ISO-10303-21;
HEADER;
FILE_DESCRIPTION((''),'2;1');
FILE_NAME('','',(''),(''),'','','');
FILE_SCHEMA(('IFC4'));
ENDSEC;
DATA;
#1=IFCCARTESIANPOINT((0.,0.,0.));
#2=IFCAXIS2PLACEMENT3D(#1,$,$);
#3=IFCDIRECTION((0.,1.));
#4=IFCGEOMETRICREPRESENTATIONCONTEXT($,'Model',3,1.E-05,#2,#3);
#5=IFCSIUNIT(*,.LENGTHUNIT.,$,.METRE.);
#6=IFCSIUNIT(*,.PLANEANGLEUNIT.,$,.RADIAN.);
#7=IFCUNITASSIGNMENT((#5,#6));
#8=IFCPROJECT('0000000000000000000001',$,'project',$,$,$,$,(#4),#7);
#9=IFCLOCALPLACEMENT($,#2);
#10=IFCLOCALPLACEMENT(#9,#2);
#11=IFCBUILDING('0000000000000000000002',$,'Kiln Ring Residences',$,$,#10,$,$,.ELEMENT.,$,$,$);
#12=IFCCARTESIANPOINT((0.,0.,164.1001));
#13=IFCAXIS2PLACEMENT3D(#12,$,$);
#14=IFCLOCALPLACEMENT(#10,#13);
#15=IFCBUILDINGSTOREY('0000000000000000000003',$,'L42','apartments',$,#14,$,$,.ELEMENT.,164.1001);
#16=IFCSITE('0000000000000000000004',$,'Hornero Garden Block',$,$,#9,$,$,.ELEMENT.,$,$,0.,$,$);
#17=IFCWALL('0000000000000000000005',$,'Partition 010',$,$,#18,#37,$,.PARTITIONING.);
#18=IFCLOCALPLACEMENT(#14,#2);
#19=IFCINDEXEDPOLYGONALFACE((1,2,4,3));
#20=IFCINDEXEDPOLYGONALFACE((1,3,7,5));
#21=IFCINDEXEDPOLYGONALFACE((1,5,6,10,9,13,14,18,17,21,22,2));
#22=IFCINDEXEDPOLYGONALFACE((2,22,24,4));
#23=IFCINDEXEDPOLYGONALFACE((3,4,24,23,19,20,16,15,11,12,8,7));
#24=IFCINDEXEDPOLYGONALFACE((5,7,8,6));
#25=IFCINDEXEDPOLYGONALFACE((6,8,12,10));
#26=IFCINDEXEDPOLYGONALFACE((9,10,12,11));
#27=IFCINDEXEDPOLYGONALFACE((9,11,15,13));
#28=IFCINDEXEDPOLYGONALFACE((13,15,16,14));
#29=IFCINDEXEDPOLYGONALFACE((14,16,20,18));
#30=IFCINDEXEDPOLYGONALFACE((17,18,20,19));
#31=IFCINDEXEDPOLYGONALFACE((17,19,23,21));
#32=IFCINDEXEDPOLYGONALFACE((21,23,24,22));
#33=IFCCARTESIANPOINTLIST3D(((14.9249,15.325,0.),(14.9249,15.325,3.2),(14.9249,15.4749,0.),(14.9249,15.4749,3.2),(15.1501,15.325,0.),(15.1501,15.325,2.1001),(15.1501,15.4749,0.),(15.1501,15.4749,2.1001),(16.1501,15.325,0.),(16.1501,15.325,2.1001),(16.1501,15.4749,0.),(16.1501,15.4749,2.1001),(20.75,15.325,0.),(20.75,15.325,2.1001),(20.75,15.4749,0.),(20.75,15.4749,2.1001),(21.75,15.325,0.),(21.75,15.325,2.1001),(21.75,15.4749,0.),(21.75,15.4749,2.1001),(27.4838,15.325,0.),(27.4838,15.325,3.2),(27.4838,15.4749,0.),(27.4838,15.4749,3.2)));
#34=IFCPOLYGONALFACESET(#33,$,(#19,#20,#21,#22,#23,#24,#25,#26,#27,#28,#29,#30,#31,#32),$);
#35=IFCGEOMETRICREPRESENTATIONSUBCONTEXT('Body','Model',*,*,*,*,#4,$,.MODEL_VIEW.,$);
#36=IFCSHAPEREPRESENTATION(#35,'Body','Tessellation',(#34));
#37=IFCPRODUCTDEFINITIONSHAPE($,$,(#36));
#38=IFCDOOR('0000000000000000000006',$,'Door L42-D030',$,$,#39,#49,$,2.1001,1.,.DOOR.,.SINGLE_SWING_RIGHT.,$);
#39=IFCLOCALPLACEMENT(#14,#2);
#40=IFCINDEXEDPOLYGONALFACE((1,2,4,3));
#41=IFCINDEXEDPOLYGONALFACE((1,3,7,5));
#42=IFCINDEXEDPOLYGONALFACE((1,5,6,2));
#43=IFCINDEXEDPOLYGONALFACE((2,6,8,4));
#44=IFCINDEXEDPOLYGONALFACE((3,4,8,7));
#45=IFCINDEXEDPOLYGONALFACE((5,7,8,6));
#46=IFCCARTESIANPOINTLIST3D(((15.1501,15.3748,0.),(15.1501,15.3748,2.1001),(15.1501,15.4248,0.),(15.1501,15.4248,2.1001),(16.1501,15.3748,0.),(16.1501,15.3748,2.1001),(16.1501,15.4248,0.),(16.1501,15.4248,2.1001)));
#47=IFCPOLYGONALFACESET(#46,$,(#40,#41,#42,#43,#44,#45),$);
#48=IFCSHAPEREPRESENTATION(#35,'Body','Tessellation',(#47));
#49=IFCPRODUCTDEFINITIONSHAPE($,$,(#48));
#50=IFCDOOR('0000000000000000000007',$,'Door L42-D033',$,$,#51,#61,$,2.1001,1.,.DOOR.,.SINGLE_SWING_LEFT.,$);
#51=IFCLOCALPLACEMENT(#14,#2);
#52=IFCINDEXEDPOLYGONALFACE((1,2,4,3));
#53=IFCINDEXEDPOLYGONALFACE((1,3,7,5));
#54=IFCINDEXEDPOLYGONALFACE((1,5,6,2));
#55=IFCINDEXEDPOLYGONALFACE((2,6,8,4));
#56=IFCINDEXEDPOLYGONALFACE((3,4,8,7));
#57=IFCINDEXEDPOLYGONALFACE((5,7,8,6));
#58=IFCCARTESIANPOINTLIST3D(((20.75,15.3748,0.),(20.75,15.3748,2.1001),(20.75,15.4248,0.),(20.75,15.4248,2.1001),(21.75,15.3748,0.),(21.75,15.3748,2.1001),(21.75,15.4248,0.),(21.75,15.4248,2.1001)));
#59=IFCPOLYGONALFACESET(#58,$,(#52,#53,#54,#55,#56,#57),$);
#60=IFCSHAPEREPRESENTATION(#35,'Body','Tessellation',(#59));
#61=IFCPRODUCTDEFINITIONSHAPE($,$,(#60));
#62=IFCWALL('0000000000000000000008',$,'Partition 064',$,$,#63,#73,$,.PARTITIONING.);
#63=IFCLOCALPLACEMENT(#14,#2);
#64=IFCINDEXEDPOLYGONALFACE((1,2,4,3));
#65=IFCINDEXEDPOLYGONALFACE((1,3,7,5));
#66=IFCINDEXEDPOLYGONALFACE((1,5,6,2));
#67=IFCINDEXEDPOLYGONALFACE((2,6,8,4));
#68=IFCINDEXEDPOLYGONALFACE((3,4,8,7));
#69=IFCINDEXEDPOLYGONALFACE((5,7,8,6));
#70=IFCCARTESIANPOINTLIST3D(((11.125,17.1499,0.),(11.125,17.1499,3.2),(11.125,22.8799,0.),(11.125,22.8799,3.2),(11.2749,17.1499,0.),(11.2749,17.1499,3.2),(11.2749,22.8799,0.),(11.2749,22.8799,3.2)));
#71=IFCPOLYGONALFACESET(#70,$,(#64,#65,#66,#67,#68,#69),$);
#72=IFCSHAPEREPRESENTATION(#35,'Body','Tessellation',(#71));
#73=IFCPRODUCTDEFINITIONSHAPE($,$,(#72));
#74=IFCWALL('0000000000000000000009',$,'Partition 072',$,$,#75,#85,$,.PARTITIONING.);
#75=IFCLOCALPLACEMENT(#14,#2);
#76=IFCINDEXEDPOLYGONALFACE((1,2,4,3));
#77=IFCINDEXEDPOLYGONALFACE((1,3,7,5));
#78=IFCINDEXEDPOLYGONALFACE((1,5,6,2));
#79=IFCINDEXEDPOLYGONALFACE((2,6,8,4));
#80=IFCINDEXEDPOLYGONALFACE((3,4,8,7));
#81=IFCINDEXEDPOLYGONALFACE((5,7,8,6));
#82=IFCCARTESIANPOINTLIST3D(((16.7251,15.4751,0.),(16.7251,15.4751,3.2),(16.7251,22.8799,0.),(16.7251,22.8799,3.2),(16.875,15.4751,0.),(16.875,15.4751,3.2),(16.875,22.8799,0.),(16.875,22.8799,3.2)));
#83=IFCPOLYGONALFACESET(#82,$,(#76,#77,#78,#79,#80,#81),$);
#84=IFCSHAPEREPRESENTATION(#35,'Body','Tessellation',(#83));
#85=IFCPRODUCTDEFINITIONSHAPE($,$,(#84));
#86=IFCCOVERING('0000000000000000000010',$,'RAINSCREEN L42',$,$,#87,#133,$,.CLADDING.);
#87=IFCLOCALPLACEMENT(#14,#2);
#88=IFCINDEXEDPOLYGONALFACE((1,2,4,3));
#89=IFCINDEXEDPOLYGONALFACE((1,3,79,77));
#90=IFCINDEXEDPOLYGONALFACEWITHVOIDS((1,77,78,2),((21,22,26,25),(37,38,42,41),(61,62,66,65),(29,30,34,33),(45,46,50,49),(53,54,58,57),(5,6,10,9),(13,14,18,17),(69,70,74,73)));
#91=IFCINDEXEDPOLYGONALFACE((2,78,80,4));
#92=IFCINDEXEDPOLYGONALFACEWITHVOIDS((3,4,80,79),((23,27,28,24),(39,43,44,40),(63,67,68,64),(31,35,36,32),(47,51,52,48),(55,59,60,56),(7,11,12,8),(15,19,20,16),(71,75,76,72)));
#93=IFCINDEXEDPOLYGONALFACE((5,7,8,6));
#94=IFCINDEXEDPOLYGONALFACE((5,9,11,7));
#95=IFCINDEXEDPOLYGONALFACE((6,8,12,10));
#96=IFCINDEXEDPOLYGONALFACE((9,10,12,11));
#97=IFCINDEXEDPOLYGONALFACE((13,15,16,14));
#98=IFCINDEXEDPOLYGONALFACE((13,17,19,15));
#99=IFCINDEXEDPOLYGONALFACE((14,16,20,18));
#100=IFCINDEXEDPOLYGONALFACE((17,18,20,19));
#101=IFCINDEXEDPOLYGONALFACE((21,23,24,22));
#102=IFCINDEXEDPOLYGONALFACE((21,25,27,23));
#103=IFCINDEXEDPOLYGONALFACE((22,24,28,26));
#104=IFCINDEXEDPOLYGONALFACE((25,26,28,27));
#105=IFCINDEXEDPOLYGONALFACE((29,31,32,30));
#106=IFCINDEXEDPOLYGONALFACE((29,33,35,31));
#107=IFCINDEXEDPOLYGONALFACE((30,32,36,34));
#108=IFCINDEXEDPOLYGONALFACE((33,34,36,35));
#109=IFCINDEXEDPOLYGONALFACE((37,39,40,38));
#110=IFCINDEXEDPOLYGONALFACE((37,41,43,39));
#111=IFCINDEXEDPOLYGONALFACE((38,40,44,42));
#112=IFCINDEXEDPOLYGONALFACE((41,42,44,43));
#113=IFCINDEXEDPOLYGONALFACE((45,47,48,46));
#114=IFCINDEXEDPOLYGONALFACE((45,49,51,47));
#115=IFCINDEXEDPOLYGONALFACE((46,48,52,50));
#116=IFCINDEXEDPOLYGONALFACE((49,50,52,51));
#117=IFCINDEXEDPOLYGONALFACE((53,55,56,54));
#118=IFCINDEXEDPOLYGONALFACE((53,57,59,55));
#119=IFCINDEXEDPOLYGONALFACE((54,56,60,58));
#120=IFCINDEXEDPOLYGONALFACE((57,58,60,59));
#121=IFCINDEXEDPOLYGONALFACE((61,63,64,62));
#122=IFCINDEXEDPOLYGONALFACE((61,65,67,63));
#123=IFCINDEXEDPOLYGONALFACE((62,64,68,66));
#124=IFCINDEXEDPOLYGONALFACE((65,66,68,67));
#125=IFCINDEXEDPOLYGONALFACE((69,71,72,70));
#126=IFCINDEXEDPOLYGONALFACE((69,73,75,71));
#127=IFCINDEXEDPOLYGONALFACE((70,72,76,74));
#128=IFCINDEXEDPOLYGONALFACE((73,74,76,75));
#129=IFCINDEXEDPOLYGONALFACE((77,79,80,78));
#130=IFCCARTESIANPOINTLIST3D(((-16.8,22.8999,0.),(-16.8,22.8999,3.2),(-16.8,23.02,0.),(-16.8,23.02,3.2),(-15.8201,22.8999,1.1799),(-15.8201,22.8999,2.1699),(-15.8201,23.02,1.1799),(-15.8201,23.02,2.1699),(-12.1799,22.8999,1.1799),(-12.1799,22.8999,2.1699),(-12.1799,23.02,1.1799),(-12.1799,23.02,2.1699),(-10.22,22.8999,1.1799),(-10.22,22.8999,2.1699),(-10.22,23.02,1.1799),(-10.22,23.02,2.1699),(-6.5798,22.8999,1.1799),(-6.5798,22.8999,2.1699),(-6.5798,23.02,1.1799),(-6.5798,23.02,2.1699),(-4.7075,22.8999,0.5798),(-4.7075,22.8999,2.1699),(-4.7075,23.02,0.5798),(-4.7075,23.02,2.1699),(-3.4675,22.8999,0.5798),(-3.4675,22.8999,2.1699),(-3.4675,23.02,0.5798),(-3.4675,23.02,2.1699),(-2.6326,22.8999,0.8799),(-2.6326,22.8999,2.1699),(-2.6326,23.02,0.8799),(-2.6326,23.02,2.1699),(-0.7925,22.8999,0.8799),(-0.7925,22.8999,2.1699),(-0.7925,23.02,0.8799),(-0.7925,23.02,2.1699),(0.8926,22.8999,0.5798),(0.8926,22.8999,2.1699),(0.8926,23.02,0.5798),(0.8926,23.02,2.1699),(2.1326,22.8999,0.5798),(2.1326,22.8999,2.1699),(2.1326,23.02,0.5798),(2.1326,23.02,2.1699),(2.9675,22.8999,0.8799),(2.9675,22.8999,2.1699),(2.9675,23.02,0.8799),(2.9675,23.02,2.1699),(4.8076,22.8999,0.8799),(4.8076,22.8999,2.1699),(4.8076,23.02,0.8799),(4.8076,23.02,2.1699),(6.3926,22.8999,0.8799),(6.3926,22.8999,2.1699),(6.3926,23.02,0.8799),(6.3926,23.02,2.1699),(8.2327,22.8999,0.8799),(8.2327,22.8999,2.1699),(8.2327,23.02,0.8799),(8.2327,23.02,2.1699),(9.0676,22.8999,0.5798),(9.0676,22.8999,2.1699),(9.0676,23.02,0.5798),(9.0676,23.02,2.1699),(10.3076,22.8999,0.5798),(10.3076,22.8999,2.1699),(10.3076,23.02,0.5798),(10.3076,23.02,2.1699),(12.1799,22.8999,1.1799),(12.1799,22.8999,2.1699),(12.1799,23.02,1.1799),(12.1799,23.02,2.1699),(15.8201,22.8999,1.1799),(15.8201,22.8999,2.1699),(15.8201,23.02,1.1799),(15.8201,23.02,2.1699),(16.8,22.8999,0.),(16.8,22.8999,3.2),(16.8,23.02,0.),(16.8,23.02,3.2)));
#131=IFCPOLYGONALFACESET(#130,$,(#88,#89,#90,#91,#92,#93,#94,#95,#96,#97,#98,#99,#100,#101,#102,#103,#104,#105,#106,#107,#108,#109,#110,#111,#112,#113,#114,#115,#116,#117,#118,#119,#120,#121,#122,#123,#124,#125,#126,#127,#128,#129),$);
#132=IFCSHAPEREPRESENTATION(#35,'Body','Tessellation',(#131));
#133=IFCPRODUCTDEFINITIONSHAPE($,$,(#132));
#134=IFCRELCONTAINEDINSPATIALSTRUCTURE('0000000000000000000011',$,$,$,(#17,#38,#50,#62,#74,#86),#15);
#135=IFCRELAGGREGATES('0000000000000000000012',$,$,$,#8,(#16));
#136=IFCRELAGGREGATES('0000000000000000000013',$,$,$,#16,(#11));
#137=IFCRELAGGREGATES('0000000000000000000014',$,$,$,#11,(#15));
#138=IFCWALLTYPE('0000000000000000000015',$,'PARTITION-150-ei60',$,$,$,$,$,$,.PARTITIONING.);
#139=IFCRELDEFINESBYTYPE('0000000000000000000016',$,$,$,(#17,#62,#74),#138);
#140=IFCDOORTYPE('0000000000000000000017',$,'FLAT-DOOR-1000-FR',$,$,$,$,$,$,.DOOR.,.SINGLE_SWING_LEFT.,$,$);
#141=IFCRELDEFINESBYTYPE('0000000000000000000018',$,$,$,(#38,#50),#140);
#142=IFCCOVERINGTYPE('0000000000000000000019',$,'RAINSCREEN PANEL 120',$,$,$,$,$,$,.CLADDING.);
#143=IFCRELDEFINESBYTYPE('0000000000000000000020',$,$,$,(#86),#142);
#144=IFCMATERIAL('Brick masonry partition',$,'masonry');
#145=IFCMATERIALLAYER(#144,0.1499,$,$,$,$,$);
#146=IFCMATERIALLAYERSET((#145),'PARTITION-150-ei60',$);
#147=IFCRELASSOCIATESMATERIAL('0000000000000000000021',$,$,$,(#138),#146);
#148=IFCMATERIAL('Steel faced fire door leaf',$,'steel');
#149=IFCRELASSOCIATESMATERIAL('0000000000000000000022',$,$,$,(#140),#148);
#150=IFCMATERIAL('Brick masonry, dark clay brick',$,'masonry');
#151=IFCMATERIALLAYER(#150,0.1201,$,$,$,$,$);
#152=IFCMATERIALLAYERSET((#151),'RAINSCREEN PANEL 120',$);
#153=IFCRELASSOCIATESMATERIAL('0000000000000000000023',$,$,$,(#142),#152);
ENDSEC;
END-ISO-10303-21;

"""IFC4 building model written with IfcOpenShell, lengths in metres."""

from ifc_helpers import new_model, si_unit, direction, frame, frame_2d, origin, place, context, subcontext, project, spatial, polyline, rectangle, outline, extrude, material, layer, layer_set, type_object, element, fill, save


model = new_model("IFC4")

# Units and contexts
model_context = context("Model", 3, precision=1e-05, world=origin(), true_north=direction((0.0, 1.0)))
body_context = subcontext(model_context, "Body", "Model", "MODEL_VIEW")
ifc_project = project(units=[si_unit("LENGTHUNIT", "METRE"), si_unit("PLANEANGLEUNIT", "RADIAN")], contexts=[model_context])

# Site, building, storey
site_placement = place(None, origin())
site = spatial("IfcSite", under=ifc_project, at=site_placement, Name="Hornero Garden Block", CompositionType="ELEMENT", RefElevation=0.0)
building_placement = place(site_placement, origin())
building = spatial("IfcBuilding", under=site, at=building_placement, Name="Kiln Ring Residences", CompositionType="ELEMENT")
storey_placement = place(building_placement, frame((0.0, 0.0, 164.1001)))
storey = spatial("IfcBuildingStorey", under=building, at=storey_placement, Name="L42", Description="apartments", CompositionType="ELEMENT", Elevation=164.1001)

# Wall, openings, doors
ifc_material_1 = material(Name="Brick masonry partition", Category="masonry")
ifc_layer_1 = layer(ifc_material_1, 0.1499)
ifc_layer_set_1 = layer_set([ifc_layer_1], Name="PARTITION-150-ei60")
wall_type_1 = type_object("IfcWallType", Name="PARTITION-150-ei60", PredefinedType="PARTITIONING", material=ifc_layer_set_1)
wall_1_placement = place(storey_placement, frame((14.925, 15.3999, 0.0), z_axis=(0.0, 0.0, 1.0), x_axis=(1.0, 0.0, 0.0)))
wall_1 = element("IfcWall", 1, at=wall_1_placement, inside=storey, type_object=wall_type_1, Name="Partition 010", PredefinedType="PARTITIONING", context=body_context, shape_type="SweptSolid", body=[
    extrude(rectangle(XDim=12.5588, YDim=0.1499, at=frame_2d((6.2793, 0.0))), origin(), (0.0, 0.0, 1.0), 3.2),
])
opening_1_placement = place(wall_1_placement, frame((0.2251, 0.0, 0.0)))
opening_1 = element("IfcOpeningElement", 2, at=opening_1_placement, cuts=wall_1, PredefinedType="OPENING", context=body_context, shape_type="SweptSolid", body=[
    extrude(rectangle(XDim=1.0, YDim=2.1001, at=frame_2d((0.5, 1.05))), frame((0.0, 0.085, 0.0), z_axis=(0.0, -1.0, 0.0), x_axis=(1.0, 0.0, 0.0)), (0.0, 0.0, 1.0), 0.1699),
])
opening_2_placement = place(wall_1_placement, frame((5.825, 0.0, 0.0)))
opening_2 = element("IfcOpeningElement", 3, at=opening_2_placement, cuts=wall_1, PredefinedType="OPENING", context=body_context, shape_type="SweptSolid", body=[
    extrude(rectangle(XDim=1.0, YDim=2.1001, at=frame_2d((0.5, 1.05))), frame((0.0, 0.085, 0.0), z_axis=(0.0, -1.0, 0.0), x_axis=(1.0, 0.0, 0.0)), (0.0, 0.0, 1.0), 0.1699),
])
ifc_material_2 = material(Name="Steel faced fire door leaf", Category="steel")
door_type_1 = type_object("IfcDoorType", Name="FLAT-DOOR-1000-FR", OperationType="SINGLE_SWING_LEFT", PredefinedType="DOOR", material=ifc_material_2)
door_1_placement = place(opening_1_placement, origin())
door_1 = element("IfcDoor", 4, at=door_1_placement, inside=storey, type_object=door_type_1, Name="Door L42-D030", OperationType="SINGLE_SWING_RIGHT", OverallHeight=2.1001, OverallWidth=1.0, PredefinedType="DOOR", context=body_context, shape_type="SweptSolid", body=[
    extrude(rectangle(XDim=1.0, YDim=2.1001, at=frame_2d((0.5, 1.05))), frame((0.0, 0.0249, 0.0), z_axis=(0.0, -1.0, 0.0), x_axis=(1.0, 0.0, 0.0)), (0.0, 0.0, 1.0), 0.05),
])
fill(opening_1, door_1)
door_2_placement = place(opening_2_placement, origin())
door_2 = element("IfcDoor", 5, at=door_2_placement, inside=storey, type_object=door_type_1, Name="Door L42-D033", OperationType="SINGLE_SWING_LEFT", OverallHeight=2.1001, OverallWidth=1.0, PredefinedType="DOOR", context=body_context, shape_type="SweptSolid", body=[
    extrude(rectangle(XDim=1.0, YDim=2.1001, at=frame_2d((0.5, 1.05))), frame((0.0, 0.0249, 0.0), z_axis=(0.0, -1.0, 0.0), x_axis=(1.0, 0.0, 0.0)), (0.0, 0.0, 1.0), 0.05),
])
fill(opening_2, door_2)

# Walls
wall_2_placement = place(storey_placement, frame((11.2, 17.1499, 0.0), z_axis=(0.0, 0.0, 1.0), x_axis=(0.0, 1.0, 0.0)))
element("IfcWall", 6, at=wall_2_placement, inside=storey, type_object=wall_type_1, Name="Partition 064", PredefinedType="PARTITIONING", context=body_context, shape_type="SweptSolid", body=[
    extrude(rectangle(XDim=5.73, YDim=0.1499, at=frame_2d((2.865, 0.0))), origin(), (0.0, 0.0, 1.0), 3.2),
])
wall_3_placement = place(storey_placement, frame((16.8, 15.4751, 0.0), z_axis=(0.0, 0.0, 1.0), x_axis=(0.0, 1.0, 0.0)))
element("IfcWall", 7, at=wall_3_placement, inside=storey, type_object=wall_type_1, Name="Partition 072", PredefinedType="PARTITIONING", context=body_context, shape_type="SweptSolid", body=[
    extrude(rectangle(XDim=7.4048, YDim=0.1499, at=frame_2d((3.7024, 0.0))), origin(), (0.0, 0.0, 1.0), 3.2),
])

# Covering
ifc_material_3 = material(Name="Brick masonry, dark clay brick", Category="masonry")
ifc_layer_2 = layer(ifc_material_3, 0.1201)
ifc_layer_set_2 = layer_set([ifc_layer_2], Name="RAINSCREEN PANEL 120")
covering_type = type_object("IfcCoveringType", Name="RAINSCREEN PANEL 120", PredefinedType="CLADDING", material=ifc_layer_set_2)
covering_placement = place(storey_placement, frame((16.8, 22.96, 0.0), z_axis=(0.0, 0.0, 1.0), x_axis=(-1.0, 0.0, 0.0)))
element("IfcCovering", 8, at=covering_placement, inside=storey, type_object=covering_type, Name="RAINSCREEN L42", PredefinedType="CLADDING", context=body_context, shape_type="SweptSolid", body=[
    extrude(outline(polyline([(0.0, 0.0), (33.6001, 0.0), (33.6001, 3.2), (0.0, 3.2), (0.0, 0.0)]), holes=[polyline([(6.4924, 0.5798), (7.7324, 0.5798), (7.7324, 2.1699), (6.4924, 2.1699), (6.4924, 0.5798)]), polyline([(14.6675, 0.5798), (15.9075, 0.5798), (15.9075, 2.1699), (14.6675, 2.1699), (14.6675, 0.5798)]), polyline([(20.2676, 0.5798), (21.5076, 0.5798), (21.5076, 2.1699), (20.2676, 2.1699), (20.2676, 0.5798)]), polyline([(8.5674, 0.8799), (10.4075, 0.8799), (10.4075, 2.1699), (8.5674, 2.1699), (8.5674, 0.8799)]), polyline([(11.9924, 0.8799), (13.8325, 0.8799), (13.8325, 2.1699), (11.9924, 2.1699), (11.9924, 0.8799)]), polyline([(17.5925, 0.8799), (19.4326, 0.8799), (19.4326, 2.1699), (17.5925, 2.1699), (17.5925, 0.8799)]), polyline([(0.98, 1.1799), (4.6201, 1.1799), (4.6201, 2.1699), (0.98, 2.1699), (0.98, 1.1799)]), polyline([(23.3799, 2.1699), (23.3799, 1.1799), (27.02, 1.1799), (27.02, 2.1699), (23.3799, 2.1699)]), polyline([(28.98, 2.1699), (28.98, 1.1799), (32.6201, 1.1799), (32.6201, 2.1699), (28.98, 2.1699)])]), frame((0.0, 0.0601, 0.0), z_axis=(0.0, -1.0, 0.0), x_axis=(1.0, 0.0, 0.0)), (0.0, 0.0, 1.0), 0.1201),
])

save(model, "model.ifc")
